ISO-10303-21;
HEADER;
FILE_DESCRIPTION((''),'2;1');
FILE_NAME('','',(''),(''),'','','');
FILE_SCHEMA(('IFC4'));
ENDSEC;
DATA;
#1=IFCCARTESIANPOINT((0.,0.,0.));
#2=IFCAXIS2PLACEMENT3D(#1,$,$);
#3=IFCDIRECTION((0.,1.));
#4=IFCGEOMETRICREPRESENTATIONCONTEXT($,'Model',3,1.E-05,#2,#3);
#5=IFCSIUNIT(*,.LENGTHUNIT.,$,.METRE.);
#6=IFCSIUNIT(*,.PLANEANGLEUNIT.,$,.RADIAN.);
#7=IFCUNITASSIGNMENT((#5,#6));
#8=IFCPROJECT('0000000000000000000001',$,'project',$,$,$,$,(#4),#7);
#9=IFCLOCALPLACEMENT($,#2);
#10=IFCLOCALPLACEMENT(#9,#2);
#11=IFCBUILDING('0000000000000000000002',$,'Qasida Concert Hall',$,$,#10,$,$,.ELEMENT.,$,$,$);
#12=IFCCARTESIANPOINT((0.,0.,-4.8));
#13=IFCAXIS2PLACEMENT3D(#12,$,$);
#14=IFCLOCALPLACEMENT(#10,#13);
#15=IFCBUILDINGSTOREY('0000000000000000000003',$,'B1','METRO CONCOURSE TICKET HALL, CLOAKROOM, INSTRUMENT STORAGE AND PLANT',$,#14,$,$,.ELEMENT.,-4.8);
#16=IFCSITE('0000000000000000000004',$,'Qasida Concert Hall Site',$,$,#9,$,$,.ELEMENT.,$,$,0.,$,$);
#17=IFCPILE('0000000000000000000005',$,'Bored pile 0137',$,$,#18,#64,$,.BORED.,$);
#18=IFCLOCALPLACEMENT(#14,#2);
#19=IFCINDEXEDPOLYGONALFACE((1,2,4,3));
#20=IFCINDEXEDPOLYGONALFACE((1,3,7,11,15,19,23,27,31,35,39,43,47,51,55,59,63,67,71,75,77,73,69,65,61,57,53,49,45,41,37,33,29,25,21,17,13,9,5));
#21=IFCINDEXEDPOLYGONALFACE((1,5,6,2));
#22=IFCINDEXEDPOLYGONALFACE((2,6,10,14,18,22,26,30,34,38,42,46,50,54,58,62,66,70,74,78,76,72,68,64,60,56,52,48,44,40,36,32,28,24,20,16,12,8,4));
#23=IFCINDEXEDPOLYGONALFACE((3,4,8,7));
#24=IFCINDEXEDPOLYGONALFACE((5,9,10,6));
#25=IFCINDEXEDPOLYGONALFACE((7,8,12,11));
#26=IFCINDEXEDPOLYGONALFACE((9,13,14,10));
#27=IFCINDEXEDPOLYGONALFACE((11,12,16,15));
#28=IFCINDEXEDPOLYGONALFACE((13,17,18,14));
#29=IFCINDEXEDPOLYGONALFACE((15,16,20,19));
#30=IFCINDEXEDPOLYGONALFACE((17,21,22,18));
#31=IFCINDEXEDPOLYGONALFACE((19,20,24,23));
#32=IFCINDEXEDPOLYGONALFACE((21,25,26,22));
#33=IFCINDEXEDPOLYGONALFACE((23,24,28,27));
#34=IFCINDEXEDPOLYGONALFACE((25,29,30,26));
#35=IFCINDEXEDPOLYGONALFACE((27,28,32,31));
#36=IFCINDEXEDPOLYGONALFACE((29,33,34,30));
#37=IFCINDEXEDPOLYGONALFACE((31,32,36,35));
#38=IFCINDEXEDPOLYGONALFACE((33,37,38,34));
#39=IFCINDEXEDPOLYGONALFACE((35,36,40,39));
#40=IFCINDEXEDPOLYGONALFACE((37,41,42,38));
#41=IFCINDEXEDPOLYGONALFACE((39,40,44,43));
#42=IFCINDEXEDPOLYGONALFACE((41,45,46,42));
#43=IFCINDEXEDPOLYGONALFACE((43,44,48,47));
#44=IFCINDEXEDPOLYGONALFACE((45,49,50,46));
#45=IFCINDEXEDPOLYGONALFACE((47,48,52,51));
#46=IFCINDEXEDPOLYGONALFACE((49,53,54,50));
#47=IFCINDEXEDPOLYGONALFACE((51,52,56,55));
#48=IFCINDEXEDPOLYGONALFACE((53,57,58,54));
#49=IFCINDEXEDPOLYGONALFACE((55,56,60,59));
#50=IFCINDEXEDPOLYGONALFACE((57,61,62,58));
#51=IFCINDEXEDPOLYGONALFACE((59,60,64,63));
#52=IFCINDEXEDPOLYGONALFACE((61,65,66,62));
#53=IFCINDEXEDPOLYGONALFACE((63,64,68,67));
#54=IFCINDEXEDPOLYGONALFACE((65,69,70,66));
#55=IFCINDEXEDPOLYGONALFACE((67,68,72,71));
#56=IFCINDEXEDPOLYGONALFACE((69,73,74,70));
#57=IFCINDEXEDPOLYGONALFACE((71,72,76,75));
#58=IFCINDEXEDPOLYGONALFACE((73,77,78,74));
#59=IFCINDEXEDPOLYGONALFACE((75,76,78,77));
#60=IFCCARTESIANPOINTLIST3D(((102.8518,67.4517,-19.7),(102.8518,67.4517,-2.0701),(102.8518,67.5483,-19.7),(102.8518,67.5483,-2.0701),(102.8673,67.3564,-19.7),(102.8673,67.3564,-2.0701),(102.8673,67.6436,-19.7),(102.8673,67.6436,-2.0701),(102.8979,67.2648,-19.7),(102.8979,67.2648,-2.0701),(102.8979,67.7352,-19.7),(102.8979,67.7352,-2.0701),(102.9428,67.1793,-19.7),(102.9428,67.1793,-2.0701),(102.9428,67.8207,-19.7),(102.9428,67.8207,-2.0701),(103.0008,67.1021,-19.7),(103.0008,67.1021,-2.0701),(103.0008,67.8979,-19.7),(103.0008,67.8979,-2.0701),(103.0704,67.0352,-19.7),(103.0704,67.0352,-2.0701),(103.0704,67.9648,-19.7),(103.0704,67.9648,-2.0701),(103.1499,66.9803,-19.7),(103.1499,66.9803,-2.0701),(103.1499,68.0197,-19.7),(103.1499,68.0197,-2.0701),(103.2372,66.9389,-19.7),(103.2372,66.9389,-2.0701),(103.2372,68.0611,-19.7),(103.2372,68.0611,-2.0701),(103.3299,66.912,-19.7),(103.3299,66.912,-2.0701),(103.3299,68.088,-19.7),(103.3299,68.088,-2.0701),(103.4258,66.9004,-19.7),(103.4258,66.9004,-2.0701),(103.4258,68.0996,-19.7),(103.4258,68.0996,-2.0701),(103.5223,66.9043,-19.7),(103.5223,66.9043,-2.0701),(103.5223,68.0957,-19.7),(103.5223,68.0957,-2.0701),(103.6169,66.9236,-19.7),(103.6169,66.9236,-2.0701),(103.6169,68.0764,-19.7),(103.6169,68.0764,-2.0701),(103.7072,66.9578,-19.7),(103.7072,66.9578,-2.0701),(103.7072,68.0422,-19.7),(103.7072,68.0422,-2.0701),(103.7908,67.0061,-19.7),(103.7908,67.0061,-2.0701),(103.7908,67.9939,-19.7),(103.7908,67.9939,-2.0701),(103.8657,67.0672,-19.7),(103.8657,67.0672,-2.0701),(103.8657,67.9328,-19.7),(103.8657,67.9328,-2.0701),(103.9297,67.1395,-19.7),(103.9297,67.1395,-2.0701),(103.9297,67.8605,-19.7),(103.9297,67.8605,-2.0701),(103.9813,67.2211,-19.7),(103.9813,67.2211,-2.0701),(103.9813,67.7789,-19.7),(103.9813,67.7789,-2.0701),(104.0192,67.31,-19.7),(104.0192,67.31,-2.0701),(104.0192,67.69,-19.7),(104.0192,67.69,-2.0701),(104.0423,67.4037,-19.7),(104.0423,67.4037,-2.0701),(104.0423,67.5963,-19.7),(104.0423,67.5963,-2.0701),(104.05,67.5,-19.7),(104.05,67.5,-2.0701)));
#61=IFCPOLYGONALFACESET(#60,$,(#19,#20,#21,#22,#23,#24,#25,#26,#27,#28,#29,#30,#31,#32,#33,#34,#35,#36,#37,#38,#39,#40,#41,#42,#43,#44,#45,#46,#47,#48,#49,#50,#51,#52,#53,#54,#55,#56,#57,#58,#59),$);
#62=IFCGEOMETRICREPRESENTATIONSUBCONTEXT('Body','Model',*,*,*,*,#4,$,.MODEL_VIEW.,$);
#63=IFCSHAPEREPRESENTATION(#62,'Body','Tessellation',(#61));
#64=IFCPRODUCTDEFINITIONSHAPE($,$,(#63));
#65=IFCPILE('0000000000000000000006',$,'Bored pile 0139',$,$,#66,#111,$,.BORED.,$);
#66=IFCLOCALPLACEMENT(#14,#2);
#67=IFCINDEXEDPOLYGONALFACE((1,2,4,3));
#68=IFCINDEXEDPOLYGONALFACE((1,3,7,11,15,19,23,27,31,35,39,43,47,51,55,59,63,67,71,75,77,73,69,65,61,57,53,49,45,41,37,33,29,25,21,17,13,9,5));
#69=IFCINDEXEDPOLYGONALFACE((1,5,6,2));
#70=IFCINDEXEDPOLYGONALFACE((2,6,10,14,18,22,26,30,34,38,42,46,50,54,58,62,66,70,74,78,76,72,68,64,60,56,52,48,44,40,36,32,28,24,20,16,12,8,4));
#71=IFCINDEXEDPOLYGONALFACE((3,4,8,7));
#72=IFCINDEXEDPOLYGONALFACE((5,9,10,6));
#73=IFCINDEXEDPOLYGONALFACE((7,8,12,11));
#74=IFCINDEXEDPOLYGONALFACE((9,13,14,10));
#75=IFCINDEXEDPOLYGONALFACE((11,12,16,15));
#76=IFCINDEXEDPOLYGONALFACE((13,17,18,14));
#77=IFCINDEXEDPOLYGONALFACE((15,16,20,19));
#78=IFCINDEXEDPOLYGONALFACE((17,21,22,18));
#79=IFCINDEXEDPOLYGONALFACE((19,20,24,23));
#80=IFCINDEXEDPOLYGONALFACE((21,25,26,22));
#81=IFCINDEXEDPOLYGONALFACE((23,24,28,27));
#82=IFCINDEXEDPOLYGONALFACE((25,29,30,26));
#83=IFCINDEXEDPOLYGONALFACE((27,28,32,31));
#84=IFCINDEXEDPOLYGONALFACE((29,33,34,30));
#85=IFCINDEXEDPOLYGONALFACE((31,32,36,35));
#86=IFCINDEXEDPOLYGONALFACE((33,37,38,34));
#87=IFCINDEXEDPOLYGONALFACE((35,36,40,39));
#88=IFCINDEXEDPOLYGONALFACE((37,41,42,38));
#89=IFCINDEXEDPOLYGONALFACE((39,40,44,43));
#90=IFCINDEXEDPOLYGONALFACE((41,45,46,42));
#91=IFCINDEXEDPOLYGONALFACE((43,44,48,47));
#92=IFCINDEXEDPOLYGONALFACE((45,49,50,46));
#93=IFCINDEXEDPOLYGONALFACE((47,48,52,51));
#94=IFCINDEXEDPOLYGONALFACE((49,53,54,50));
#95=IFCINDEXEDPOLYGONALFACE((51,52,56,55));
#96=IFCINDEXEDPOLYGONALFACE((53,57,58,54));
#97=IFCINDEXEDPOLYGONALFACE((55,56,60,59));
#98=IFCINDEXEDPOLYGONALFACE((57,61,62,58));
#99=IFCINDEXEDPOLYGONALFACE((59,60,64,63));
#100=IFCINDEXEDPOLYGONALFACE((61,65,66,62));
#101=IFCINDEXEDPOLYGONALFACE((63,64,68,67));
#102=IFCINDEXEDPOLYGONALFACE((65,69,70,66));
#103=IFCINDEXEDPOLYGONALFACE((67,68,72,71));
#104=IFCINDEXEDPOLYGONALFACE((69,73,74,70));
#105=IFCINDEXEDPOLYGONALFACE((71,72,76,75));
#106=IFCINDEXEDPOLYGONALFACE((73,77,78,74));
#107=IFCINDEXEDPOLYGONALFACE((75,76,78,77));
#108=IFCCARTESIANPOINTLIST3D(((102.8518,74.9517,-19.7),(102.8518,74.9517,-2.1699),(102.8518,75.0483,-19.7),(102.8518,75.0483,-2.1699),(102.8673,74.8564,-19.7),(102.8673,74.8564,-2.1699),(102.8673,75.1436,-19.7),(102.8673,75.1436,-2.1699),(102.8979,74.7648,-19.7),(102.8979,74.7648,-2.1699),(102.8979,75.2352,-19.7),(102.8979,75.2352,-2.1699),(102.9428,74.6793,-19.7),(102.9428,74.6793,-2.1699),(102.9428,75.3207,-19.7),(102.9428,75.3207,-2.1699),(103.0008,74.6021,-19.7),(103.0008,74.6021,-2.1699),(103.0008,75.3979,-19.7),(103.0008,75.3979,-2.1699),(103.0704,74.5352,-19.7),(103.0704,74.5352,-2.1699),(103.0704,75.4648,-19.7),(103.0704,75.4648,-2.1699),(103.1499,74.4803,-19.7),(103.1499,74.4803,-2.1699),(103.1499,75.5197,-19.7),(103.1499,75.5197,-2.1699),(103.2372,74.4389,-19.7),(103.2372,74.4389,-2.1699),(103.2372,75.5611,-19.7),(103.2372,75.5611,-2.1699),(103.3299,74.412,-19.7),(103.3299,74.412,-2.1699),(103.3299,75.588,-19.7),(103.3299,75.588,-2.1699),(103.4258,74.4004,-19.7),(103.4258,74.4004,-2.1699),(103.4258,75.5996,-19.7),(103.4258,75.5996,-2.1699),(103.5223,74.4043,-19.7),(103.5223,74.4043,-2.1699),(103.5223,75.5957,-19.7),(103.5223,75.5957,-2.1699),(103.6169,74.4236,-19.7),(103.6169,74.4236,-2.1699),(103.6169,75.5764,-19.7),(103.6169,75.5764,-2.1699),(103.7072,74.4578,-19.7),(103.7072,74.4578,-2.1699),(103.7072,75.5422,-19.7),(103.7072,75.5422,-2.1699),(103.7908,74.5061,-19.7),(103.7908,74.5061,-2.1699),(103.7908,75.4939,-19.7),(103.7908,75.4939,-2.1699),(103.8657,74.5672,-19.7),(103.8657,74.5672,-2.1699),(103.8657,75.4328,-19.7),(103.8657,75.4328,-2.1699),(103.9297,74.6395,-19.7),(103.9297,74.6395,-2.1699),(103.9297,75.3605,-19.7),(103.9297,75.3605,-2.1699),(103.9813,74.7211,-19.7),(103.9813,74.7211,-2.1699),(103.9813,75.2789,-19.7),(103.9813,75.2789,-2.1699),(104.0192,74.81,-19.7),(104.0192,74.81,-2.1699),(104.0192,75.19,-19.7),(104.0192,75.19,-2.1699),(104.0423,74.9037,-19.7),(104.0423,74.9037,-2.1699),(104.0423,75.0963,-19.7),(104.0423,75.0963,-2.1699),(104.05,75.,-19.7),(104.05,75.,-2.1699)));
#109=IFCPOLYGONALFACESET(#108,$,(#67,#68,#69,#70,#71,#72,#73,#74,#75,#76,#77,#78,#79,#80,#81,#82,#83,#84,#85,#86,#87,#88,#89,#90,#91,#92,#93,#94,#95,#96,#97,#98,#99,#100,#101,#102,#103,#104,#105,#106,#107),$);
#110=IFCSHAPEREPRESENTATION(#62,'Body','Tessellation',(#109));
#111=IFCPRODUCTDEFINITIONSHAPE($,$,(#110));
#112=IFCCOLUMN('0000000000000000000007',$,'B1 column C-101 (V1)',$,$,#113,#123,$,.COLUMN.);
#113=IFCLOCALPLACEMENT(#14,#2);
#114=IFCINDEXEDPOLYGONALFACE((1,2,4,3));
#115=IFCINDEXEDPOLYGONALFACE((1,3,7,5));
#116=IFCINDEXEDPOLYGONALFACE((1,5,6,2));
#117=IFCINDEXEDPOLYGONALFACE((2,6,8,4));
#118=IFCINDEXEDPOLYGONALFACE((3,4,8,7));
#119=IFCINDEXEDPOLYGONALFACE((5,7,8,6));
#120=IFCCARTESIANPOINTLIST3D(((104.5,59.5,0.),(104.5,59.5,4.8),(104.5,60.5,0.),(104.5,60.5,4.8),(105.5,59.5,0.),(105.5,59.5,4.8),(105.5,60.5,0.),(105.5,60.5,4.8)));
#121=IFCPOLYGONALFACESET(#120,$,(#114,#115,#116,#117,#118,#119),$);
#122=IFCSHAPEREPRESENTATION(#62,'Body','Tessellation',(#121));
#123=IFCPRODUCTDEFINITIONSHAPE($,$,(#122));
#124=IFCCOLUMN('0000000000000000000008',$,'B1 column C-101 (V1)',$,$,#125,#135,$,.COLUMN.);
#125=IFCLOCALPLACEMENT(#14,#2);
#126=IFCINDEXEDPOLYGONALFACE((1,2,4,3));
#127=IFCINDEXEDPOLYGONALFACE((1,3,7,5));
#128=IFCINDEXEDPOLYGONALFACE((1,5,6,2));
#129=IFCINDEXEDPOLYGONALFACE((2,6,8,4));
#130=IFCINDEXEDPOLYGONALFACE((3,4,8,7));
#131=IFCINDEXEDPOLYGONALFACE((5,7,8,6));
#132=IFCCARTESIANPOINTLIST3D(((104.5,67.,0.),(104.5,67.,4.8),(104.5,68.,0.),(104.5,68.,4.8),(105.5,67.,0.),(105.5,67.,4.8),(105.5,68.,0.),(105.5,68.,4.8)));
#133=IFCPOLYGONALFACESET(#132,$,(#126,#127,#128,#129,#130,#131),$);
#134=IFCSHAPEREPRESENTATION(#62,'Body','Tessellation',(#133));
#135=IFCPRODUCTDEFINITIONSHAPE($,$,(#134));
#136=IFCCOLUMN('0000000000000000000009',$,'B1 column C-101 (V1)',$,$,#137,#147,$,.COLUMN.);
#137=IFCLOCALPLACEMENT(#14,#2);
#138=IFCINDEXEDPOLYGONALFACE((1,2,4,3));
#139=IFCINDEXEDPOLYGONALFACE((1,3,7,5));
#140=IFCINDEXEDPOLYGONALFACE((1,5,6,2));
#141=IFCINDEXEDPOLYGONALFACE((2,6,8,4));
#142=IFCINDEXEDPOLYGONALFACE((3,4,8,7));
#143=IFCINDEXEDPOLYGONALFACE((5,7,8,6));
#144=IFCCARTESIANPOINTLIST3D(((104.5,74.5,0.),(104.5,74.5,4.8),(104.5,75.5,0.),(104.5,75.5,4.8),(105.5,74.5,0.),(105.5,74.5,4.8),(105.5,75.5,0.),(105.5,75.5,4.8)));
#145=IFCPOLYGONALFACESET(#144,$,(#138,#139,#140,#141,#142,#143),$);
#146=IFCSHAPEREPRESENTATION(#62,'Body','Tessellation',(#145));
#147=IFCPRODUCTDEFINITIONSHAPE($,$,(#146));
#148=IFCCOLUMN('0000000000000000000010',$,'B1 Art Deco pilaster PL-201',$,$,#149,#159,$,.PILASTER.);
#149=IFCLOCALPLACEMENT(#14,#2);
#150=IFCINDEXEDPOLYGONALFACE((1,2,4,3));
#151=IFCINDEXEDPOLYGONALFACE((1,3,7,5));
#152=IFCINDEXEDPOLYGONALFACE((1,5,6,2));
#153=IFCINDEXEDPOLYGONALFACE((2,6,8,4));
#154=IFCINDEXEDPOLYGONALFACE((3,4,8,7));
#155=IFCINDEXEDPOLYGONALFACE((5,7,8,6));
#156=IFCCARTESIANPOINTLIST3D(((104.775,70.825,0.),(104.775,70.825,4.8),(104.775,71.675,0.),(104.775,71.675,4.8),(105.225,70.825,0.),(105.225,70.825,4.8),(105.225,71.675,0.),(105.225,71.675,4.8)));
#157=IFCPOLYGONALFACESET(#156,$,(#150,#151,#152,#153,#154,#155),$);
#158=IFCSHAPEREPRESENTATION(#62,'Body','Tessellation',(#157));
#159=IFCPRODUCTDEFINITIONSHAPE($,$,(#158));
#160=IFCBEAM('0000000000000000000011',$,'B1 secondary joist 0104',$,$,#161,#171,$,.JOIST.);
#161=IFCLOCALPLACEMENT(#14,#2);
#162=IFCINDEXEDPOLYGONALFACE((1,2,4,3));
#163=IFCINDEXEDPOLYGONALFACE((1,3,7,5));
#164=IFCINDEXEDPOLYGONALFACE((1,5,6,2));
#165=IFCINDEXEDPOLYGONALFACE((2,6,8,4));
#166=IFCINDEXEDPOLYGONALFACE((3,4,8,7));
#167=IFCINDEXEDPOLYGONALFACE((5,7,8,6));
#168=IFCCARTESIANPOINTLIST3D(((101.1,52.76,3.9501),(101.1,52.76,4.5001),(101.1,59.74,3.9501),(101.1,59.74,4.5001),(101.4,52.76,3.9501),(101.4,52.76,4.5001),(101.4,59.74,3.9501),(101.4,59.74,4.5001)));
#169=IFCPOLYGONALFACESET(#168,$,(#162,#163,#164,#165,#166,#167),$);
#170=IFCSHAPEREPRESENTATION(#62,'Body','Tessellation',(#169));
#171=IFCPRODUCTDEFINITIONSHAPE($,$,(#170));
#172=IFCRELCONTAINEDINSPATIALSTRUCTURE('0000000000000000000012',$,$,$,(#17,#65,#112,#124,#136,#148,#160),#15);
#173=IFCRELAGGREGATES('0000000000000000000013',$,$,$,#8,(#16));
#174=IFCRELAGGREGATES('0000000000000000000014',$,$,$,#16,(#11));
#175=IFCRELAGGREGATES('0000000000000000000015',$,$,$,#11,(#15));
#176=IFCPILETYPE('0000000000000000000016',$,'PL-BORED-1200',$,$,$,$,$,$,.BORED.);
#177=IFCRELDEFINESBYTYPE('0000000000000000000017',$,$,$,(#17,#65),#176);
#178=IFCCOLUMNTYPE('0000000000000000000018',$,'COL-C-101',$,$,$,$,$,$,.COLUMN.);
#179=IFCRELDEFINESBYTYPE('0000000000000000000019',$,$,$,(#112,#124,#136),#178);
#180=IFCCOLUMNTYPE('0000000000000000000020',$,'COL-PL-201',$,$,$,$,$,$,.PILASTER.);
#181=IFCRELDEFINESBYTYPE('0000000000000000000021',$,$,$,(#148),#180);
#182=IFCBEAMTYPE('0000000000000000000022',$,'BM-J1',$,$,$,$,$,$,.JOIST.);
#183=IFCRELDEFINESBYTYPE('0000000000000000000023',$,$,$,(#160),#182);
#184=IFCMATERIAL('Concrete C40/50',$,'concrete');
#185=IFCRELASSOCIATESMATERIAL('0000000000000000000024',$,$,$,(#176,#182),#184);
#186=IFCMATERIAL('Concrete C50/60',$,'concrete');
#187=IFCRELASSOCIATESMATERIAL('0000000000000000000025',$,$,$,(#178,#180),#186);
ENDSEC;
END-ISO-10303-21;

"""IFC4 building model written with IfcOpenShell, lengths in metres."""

from ifc_helpers import new_model, si_unit, direction, frame, origin, origin_2d, place, context, subcontext, project, spatial, rectangle, circle, extrude, material, material_profile, profile_set, type_object, element, save


model = new_model("IFC4")

# Units and contexts
model_context = context("Model", 3, precision=1e-05, world=origin(), true_north=direction((0.0, 1.0)))
body_context = subcontext(model_context, "Body", "Model", "MODEL_VIEW")
ifc_project = project(units=[si_unit("LENGTHUNIT", "METRE"), si_unit("PLANEANGLEUNIT", "RADIAN")], contexts=[model_context])

# Site, building, storey
site_placement = place(None, origin())
site = spatial("IfcSite", under=ifc_project, at=site_placement, Name="Qasida Concert Hall Site", CompositionType="ELEMENT", RefElevation=0.0)
building_placement = place(site_placement, origin())
building = spatial("IfcBuilding", under=site, at=building_placement, Name="Qasida Concert Hall", CompositionType="ELEMENT")
storey_placement = place(building_placement, frame((0.0, 0.0, -4.8)))
storey = spatial("IfcBuildingStorey", under=building, at=storey_placement, Name="B1", Description="METRO CONCOURSE TICKET HALL, CLOAKROOM, INSTRUMENT STORAGE AND PLANT", CompositionType="ELEMENT", Elevation=-4.8)

# Shared definitions
ifc_material_1 = material(Name="Concrete C40/50", Category="concrete")

# Piles
ifc_material_profile_1 = material_profile(ifc_material_1, circle(Radius=0.6001, at=origin_2d()), Name="BORED PILE D1200")
ifc_profile_set_1 = profile_set([ifc_material_profile_1], Name="Concrete C40/50")
pile_type = type_object("IfcPileType", Name="PL-BORED-1200", PredefinedType="BORED", material=ifc_profile_set_1)
pile_1_placement = place(storey_placement, frame((103.45, 67.5, -2.0701), z_axis=(0.0, 0.0, -1.0), x_axis=(1.0, 0.0, 0.0)))
element("IfcPile", 1, at=pile_1_placement, inside=storey, type_object=pile_type, Name="Bored pile 0137", PredefinedType="BORED", context=body_context, shape_type="SweptSolid", body=[
    extrude(circle(Radius=0.6001, at=origin_2d()), origin(), (0.0, 0.0, 1.0), 17.6299),
])
pile_2_placement = place(storey_placement, frame((103.45, 75.0, -2.1699), z_axis=(0.0, 0.0, -1.0), x_axis=(1.0, 0.0, 0.0)))
element("IfcPile", 2, at=pile_2_placement, inside=storey, type_object=pile_type, Name="Bored pile 0139", PredefinedType="BORED", context=body_context, shape_type="SweptSolid", body=[
    extrude(circle(Radius=0.6001, at=origin_2d()), origin(), (0.0, 0.0, 1.0), 17.53),
])

# Columns
ifc_material_2 = material(Name="Concrete C50/60", Category="concrete")
ifc_material_profile_2 = material_profile(ifc_material_2, rectangle(XDim=1.0, YDim=1.0, at=origin_2d()), Name="RC 1000x1000")
ifc_profile_set_2 = profile_set([ifc_material_profile_2], Name="Concrete C50/60")
column_type_1 = type_object("IfcColumnType", Name="COL-C-101", PredefinedType="COLUMN", material=ifc_profile_set_2)
for number, where, z_axis, x_axis, name in (
    (3, (105.0, 60.0, 0.0), (0.0, 0.0, 1.0), (1.0, 0.0, 0.0), "B1 column C-101 (V1)"),
    (4, (105.0, 67.5, 0.0), (0.0, 0.0, 1.0), (1.0, 0.0, 0.0), "B1 column C-101 (V1)"),
    (5, (105.0, 75.0, 0.0), (0.0, 0.0, 1.0), (1.0, 0.0, 0.0), "B1 column C-101 (V1)"),
):
    element("IfcColumn", number, at=place(storey_placement, frame(where, z_axis=z_axis, x_axis=x_axis)), inside=storey, type_object=column_type_1, Name=name, PredefinedType="COLUMN", context=body_context, shape_type="SweptSolid", body=[
        extrude(rectangle(XDim=1.0, YDim=1.0, at=origin_2d()), origin(), (0.0, 0.0, 1.0), 4.8),
    ])
ifc_material_profile_3 = material_profile(ifc_material_2, rectangle(XDim=0.45, YDim=0.8501, at=origin_2d()), Name="RC 450x850")
ifc_profile_set_3 = profile_set([ifc_material_profile_3], Name="Concrete C50/60")
column_type_2 = type_object("IfcColumnType", Name="COL-PL-201", PredefinedType="PILASTER", material=ifc_profile_set_3)
column_placement = place(storey_placement, frame((105.0, 71.25, 0.0), z_axis=(0.0, 0.0, 1.0), x_axis=(1.0, 0.0, 0.0)))
element("IfcColumn", 6, at=column_placement, inside=storey, type_object=column_type_2, Name="B1 Art Deco pilaster PL-201", PredefinedType="PILASTER", context=body_context, shape_type="SweptSolid", body=[
    extrude(rectangle(XDim=0.45, YDim=0.8501, at=origin_2d()), origin(), (0.0, 0.0, 1.0), 4.8),
])

# Beam
ifc_material_profile_4 = material_profile(ifc_material_1, rectangle(XDim=0.3, YDim=0.55, at=origin_2d()), Name="RC 300x550")
ifc_profile_set_4 = profile_set([ifc_material_profile_4], Name="Concrete C40/50")
beam_type_1 = type_object("IfcBeamType", Name="BM-J1", PredefinedType="JOIST", material=ifc_profile_set_4)
beam_1_placement = place(storey_placement, frame((101.25, 52.76, 4.2251), z_axis=(0.0, 1.0, 0.0), x_axis=(-1.0, 0.0, 0.0)))
element("IfcBeam", 7, at=beam_1_placement, inside=storey, type_object=beam_type_1, Name="B1 secondary joist 0104", PredefinedType="JOIST", context=body_context, shape_type="SweptSolid", body=[
    extrude(rectangle(XDim=0.3, YDim=0.55, at=origin_2d()), origin(), (0.0, 0.0, 1.0), 6.98),
])

save(model, "model.ifc")
